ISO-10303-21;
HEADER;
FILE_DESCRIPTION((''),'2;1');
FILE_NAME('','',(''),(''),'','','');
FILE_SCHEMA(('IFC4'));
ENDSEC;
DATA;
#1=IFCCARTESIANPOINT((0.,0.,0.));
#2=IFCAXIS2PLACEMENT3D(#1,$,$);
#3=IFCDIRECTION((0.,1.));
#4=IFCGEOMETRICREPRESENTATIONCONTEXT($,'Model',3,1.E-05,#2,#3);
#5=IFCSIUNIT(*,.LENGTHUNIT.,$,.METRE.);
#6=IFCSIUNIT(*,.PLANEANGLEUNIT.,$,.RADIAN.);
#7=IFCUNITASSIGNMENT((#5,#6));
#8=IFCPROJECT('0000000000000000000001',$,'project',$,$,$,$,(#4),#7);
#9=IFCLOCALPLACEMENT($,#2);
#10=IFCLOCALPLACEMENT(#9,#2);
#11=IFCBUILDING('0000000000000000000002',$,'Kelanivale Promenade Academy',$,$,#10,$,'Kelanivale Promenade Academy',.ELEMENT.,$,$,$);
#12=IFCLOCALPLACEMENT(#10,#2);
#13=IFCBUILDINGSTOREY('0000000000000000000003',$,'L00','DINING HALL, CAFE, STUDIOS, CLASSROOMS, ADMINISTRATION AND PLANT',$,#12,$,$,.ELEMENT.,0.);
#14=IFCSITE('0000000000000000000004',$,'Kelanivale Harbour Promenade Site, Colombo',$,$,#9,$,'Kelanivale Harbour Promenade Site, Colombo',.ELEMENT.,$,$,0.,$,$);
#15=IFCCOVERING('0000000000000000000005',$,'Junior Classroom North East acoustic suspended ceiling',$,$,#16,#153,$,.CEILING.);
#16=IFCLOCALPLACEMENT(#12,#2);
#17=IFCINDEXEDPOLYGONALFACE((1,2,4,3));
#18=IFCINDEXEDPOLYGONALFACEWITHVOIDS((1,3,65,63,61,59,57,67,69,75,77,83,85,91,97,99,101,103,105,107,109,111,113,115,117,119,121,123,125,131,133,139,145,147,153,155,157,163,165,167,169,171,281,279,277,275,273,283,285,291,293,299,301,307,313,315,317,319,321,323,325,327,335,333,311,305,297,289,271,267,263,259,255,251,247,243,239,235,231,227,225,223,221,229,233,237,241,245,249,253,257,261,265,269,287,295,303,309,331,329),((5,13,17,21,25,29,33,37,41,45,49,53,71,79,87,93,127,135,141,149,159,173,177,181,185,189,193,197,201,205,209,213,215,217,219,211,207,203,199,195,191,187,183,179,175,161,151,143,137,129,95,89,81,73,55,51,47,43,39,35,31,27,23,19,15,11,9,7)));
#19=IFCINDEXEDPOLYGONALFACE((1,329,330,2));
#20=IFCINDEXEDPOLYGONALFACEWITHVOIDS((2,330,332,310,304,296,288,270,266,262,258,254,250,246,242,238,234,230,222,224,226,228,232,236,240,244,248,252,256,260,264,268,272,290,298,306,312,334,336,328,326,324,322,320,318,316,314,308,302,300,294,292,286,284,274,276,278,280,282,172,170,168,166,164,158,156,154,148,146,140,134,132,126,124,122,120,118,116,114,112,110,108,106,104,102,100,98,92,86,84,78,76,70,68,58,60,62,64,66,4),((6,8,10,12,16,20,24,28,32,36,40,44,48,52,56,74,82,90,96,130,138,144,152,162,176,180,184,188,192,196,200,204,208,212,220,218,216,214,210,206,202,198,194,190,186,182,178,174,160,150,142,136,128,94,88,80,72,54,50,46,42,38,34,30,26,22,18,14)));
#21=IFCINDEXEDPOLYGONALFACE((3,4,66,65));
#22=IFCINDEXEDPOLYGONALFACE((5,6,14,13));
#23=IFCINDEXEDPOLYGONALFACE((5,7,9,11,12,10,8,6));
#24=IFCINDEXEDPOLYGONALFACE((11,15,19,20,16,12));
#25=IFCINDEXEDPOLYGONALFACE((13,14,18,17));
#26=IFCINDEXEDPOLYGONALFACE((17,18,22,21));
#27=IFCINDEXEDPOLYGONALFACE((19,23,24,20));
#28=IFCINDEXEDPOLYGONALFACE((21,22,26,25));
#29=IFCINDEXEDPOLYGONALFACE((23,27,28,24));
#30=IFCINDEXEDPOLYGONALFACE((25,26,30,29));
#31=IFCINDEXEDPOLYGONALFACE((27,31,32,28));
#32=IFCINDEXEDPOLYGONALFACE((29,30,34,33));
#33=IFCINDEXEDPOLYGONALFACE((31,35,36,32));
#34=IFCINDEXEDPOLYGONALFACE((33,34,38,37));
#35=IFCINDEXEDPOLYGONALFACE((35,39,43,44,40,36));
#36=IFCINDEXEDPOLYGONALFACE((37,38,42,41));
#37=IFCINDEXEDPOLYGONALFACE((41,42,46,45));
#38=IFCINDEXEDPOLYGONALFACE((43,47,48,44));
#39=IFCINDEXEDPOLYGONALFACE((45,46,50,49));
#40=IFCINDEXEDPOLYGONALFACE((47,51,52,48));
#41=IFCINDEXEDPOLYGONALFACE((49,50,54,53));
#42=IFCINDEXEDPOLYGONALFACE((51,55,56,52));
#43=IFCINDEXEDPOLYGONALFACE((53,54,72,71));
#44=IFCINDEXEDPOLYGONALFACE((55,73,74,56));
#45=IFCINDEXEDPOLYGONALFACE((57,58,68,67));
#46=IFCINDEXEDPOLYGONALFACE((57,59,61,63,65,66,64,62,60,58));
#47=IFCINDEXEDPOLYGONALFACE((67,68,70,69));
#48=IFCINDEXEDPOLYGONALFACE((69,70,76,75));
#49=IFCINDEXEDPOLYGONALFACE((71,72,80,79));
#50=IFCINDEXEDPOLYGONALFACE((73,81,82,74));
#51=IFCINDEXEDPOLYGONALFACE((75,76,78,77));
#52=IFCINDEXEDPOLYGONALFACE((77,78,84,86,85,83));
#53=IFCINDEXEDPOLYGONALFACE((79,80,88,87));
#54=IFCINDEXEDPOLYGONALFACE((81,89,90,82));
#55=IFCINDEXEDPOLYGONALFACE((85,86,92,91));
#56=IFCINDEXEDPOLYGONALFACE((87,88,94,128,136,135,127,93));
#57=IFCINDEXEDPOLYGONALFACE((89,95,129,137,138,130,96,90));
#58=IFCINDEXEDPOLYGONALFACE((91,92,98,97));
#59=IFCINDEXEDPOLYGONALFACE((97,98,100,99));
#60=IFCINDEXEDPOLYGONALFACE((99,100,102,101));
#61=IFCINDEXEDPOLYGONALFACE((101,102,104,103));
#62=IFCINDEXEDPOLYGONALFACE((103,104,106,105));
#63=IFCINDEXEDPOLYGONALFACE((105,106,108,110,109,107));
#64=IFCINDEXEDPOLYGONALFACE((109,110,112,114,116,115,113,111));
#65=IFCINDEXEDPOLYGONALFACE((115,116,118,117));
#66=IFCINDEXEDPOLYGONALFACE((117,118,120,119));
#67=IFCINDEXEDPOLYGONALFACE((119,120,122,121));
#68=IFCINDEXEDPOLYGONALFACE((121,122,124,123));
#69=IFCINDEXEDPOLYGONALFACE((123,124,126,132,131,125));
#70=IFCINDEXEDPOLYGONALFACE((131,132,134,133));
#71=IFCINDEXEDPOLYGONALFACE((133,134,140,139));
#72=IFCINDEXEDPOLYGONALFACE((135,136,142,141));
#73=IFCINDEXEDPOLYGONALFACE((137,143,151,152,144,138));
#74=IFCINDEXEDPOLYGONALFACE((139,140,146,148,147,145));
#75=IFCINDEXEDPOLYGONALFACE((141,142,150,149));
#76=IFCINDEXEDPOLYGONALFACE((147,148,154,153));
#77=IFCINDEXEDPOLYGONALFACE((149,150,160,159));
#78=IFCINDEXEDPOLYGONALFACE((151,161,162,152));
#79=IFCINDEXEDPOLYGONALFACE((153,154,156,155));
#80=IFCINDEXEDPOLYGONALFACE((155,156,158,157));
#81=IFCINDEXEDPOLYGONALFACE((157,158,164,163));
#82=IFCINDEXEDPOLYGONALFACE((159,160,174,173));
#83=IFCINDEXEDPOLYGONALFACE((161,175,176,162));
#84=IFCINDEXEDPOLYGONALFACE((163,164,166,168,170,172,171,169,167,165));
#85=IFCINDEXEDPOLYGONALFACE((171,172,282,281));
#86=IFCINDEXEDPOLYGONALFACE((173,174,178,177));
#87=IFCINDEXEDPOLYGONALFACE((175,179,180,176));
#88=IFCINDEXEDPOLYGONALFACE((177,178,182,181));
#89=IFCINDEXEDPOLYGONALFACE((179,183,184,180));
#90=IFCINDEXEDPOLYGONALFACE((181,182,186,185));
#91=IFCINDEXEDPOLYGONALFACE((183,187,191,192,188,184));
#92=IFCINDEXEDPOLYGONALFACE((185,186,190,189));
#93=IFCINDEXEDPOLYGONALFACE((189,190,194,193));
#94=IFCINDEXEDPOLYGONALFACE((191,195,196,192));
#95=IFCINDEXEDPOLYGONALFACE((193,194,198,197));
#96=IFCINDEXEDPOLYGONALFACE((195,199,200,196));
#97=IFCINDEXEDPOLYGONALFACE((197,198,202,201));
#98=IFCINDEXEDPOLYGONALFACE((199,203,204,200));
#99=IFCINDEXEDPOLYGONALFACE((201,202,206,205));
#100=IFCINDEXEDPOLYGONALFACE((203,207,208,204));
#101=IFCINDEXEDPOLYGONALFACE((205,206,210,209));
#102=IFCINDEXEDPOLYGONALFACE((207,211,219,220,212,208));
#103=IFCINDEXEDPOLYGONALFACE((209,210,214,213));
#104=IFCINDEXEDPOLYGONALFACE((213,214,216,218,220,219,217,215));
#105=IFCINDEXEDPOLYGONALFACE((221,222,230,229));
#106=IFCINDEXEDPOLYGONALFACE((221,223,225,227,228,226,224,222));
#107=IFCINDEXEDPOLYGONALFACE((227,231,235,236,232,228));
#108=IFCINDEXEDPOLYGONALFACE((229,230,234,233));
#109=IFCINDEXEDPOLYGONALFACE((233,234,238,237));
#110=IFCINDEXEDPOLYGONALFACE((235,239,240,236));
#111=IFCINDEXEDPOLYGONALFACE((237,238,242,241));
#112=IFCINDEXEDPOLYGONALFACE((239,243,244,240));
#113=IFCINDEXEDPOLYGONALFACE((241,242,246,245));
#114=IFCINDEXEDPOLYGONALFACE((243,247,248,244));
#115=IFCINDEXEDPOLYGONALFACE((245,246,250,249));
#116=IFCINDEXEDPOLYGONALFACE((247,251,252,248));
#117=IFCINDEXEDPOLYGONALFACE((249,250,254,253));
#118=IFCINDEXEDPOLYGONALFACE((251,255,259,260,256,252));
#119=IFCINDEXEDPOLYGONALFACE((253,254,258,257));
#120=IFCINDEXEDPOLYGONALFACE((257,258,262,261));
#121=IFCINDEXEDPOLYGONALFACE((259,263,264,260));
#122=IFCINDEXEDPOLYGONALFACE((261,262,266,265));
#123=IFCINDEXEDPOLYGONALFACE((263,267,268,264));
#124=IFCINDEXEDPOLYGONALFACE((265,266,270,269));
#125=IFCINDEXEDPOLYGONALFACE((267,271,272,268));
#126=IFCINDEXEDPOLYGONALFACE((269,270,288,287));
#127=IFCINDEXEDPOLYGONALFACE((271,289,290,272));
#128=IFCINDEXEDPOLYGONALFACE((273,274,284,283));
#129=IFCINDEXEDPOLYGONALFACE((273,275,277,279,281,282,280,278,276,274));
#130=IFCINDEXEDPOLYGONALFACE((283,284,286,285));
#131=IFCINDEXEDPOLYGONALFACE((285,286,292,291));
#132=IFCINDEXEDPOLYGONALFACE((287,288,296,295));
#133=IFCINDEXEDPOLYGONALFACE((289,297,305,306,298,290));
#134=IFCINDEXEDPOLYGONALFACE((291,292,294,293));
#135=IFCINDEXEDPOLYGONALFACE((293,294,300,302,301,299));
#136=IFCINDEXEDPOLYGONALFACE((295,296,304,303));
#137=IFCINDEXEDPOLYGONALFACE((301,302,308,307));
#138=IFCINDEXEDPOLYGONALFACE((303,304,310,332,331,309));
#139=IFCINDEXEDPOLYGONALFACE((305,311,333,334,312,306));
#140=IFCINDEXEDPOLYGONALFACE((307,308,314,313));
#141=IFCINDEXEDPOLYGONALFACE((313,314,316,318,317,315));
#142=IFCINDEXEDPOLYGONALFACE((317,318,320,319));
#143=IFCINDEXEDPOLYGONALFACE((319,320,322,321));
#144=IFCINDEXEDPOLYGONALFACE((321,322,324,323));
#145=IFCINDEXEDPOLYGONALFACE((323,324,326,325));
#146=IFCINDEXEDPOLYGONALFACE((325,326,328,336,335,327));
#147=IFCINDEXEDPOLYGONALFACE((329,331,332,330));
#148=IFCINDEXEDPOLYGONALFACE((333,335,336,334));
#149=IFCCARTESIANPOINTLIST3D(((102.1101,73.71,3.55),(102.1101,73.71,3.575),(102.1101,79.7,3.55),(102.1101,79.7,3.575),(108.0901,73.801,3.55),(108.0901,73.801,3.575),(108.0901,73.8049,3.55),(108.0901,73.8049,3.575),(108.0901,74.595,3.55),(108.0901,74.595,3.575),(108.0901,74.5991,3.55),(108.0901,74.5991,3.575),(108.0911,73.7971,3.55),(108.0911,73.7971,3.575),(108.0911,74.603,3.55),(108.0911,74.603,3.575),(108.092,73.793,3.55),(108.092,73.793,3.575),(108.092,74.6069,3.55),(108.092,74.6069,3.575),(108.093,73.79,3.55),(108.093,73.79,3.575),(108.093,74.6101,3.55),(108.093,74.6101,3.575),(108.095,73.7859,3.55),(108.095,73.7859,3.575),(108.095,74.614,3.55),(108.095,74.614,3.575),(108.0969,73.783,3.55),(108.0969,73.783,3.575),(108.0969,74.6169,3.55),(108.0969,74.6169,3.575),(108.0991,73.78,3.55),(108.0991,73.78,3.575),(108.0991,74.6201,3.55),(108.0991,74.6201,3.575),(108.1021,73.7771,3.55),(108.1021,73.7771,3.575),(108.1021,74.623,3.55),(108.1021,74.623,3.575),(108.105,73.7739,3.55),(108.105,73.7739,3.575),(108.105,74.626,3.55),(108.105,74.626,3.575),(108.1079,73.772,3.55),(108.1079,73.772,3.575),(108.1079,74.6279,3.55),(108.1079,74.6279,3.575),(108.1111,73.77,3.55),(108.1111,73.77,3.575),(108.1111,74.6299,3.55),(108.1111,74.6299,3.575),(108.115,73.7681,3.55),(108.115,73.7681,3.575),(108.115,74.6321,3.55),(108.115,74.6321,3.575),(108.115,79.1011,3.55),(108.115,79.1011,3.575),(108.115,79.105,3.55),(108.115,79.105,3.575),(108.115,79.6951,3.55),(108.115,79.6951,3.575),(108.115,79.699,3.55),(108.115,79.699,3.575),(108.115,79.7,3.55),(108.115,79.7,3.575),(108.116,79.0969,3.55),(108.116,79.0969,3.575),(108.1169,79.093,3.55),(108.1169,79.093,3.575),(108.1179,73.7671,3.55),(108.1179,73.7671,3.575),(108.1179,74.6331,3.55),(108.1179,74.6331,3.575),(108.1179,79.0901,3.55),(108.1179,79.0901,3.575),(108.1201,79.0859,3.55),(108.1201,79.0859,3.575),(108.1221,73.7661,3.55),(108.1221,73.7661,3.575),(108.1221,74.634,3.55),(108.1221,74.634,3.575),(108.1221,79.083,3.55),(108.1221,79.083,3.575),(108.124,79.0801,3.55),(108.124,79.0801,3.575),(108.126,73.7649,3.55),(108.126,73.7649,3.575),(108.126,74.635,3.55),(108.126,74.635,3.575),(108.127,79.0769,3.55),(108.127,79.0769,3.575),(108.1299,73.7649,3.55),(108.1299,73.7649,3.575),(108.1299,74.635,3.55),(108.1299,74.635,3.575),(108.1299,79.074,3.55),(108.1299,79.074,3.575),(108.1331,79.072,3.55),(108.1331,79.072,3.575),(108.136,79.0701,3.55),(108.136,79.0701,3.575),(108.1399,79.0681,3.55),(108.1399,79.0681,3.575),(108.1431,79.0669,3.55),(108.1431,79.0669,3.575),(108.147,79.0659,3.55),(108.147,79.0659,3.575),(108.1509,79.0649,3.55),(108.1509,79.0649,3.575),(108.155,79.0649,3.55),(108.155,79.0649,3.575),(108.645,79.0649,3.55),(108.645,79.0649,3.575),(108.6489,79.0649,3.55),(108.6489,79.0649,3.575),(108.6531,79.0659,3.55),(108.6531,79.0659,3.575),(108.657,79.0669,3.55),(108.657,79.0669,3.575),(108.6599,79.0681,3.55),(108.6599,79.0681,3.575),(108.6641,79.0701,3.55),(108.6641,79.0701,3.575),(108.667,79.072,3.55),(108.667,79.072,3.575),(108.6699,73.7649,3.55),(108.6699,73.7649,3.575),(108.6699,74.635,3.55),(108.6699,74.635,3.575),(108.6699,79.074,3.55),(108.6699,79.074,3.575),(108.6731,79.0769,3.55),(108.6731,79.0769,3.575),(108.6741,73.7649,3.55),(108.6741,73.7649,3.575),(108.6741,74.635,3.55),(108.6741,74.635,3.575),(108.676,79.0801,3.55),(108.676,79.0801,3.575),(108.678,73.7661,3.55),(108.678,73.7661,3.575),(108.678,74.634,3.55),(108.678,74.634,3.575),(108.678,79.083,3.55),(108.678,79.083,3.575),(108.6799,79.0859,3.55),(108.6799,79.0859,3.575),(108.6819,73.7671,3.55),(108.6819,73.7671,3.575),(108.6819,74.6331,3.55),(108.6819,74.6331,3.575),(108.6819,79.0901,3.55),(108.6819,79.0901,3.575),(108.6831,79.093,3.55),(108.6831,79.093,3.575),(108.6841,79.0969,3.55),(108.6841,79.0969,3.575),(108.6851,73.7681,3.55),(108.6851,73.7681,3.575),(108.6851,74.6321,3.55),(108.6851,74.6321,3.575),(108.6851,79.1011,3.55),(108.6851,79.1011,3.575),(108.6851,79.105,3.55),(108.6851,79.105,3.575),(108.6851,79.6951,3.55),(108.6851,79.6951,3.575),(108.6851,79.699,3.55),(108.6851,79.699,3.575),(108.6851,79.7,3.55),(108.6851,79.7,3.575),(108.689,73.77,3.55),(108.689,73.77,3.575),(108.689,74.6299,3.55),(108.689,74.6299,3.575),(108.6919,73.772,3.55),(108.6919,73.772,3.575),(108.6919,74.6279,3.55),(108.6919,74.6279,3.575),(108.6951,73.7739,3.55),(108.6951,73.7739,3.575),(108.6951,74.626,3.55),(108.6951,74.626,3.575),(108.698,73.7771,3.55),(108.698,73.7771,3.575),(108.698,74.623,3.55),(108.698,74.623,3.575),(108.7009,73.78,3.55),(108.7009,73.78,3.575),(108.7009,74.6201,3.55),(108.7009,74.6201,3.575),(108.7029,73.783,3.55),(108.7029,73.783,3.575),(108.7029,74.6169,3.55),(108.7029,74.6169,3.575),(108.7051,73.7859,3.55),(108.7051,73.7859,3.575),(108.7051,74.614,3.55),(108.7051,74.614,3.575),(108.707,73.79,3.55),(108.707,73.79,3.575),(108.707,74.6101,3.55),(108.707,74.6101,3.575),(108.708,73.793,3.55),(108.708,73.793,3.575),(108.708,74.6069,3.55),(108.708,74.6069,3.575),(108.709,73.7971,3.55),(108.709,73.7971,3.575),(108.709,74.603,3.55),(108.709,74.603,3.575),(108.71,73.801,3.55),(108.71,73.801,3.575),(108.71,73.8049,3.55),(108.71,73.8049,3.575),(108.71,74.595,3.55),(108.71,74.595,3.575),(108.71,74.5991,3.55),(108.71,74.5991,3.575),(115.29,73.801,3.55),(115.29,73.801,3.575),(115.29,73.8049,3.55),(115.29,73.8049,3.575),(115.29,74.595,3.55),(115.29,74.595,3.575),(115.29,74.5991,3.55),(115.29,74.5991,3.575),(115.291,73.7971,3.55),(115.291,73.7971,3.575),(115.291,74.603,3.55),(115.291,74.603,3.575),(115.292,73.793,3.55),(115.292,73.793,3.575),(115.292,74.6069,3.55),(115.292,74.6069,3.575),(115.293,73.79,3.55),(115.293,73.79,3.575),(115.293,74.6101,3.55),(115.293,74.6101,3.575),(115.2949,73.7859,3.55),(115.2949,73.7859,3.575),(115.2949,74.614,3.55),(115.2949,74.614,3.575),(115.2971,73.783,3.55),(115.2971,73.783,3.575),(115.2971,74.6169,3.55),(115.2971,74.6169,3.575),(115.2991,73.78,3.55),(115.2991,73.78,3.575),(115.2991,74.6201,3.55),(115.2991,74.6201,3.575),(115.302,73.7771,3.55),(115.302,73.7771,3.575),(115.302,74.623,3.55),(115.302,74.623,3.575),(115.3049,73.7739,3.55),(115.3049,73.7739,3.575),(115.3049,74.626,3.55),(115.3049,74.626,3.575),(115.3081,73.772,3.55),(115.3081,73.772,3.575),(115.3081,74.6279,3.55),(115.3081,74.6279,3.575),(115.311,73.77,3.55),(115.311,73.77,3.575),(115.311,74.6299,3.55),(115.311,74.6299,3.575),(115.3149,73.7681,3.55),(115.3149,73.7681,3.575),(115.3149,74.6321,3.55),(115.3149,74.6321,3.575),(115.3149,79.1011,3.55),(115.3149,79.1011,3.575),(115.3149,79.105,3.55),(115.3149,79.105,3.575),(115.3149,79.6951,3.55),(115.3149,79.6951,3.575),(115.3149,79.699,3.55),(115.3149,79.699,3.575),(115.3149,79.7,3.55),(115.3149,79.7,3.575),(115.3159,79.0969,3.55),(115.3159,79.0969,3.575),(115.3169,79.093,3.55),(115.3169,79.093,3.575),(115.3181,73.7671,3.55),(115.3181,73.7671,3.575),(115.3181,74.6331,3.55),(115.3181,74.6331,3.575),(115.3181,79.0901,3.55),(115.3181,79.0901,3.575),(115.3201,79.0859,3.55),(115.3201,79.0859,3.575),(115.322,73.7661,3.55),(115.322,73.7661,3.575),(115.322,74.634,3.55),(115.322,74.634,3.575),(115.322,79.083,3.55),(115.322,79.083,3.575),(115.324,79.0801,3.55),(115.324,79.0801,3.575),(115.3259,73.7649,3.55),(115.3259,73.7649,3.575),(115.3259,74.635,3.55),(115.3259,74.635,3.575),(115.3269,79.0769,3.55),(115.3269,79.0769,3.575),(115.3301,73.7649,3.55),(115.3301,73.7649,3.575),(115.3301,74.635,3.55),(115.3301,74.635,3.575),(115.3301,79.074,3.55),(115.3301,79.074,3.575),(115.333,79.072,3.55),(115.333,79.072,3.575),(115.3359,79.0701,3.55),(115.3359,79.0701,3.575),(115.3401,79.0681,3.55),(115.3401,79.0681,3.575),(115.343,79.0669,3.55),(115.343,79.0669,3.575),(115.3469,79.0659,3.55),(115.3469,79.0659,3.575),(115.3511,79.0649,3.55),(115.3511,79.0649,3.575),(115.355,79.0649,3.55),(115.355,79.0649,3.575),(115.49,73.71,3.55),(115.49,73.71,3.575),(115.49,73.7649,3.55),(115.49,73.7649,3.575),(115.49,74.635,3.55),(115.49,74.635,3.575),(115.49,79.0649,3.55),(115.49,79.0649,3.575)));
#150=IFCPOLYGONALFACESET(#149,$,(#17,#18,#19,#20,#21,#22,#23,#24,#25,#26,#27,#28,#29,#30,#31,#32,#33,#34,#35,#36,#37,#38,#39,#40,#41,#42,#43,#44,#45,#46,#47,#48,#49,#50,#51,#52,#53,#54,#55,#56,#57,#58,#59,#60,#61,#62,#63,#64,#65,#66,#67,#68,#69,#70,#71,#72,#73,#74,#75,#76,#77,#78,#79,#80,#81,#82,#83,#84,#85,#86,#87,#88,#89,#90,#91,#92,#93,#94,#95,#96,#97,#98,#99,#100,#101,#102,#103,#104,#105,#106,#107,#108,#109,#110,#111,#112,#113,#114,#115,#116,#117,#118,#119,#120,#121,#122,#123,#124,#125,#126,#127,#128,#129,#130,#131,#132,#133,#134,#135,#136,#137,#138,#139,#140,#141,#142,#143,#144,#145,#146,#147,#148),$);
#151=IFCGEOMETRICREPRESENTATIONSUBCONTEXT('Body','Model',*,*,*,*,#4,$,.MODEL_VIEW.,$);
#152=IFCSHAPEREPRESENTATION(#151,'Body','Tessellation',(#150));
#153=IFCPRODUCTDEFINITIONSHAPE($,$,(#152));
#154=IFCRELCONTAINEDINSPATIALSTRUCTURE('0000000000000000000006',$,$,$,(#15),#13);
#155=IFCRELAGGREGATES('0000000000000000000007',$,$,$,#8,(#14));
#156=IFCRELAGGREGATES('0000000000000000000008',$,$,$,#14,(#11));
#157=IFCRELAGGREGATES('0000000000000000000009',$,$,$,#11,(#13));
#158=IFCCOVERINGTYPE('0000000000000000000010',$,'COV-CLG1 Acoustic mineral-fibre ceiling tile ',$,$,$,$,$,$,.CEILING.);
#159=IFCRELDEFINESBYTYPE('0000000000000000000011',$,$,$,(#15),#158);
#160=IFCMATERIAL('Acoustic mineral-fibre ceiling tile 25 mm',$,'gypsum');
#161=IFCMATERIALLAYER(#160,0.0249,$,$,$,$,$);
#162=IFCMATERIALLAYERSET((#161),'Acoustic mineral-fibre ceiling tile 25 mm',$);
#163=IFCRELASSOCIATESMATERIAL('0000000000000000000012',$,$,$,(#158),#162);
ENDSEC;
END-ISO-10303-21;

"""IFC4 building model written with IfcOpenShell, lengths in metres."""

from ifc_helpers import new_model, si_unit, direction, frame, origin, place, context, subcontext, project, spatial, polyline, outline, extrude, material, layer, layer_set, type_object, element, save


model = new_model("IFC4")

# Units and contexts
model_context = context("Model", 3, precision=1e-05, world=origin(), true_north=direction((0.0, 1.0)))
body_context = subcontext(model_context, "Body", "Model", "MODEL_VIEW")
ifc_project = project(units=[si_unit("LENGTHUNIT", "METRE"), si_unit("PLANEANGLEUNIT", "RADIAN")], contexts=[model_context])

# Site, building, storey
site_placement = place(None, origin())
site = spatial("IfcSite", under=ifc_project, at=site_placement, Name="Kelanivale Harbour Promenade Site, Colombo", LongName="Kelanivale Harbour Promenade Site, Colombo", CompositionType="ELEMENT", RefElevation=0.0)
building_placement = place(site_placement, origin())
building = spatial("IfcBuilding", under=site, at=building_placement, Name="Kelanivale Promenade Academy", LongName="Kelanivale Promenade Academy", CompositionType="ELEMENT")
storey_placement = place(building_placement, origin())
storey = spatial("IfcBuildingStorey", under=building, at=storey_placement, Name="L00", Description="DINING HALL, CAFE, STUDIOS, CLASSROOMS, ADMINISTRATION AND PLANT", CompositionType="ELEMENT", Elevation=0.0)

# Covering
ifc_material_1 = material(Name="Acoustic mineral-fibre ceiling tile 25 mm", Category="gypsum")
ifc_layer_1 = layer(ifc_material_1, 0.0249)
ifc_layer_set_1 = layer_set([ifc_layer_1], Name="Acoustic mineral-fibre ceiling tile 25 mm")
covering_type_1 = type_object("IfcCoveringType", Name="COV-CLG1 Acoustic mineral-fibre ceiling tile ", PredefinedType="CEILING", material=ifc_layer_set_1)
covering_1_placement = place(storey_placement, frame((0.0, 0.0, 3.55)))
element("IfcCovering", 1, at=covering_1_placement, inside=storey, type_object=covering_type_1, Name="Junior Classroom North East acoustic suspended ceiling", PredefinedType="CEILING", context=body_context, shape_type="SweptSolid", body=[
    extrude(outline(polyline([(115.49, 79.0649), (115.355, 79.0649), (115.3511, 79.0649), (115.3469, 79.0659), (115.343, 79.0669), (115.3401, 79.0681), (115.3359, 79.0701), (115.333, 79.072), (115.3301, 79.074), (115.3269, 79.0769), (115.324, 79.0801), (115.322, 79.083), (115.3201, 79.0859), (115.3181, 79.0901), (115.3169, 79.093), (115.3159, 79.0969), (115.3149, 79.1011), (115.3149, 79.105), (115.3149, 79.6951), (115.3149, 79.699), (115.3149, 79.7), (108.6851, 79.7), (108.6851, 79.699), (108.6851, 79.6951), (108.6851, 79.105), (108.6851, 79.1011), (108.6841, 79.0969), (108.6831, 79.093), (108.6819, 79.0901), (108.6799, 79.0859), (108.678, 79.083), (108.676, 79.0801), (108.6731, 79.0769), (108.6699, 79.074), (108.667, 79.072), (108.6641, 79.0701), (108.6599, 79.0681), (108.657, 79.0669), (108.6531, 79.0659), (108.6489, 79.0649), (108.645, 79.0649), (108.155, 79.0649), (108.1509, 79.0649), (108.147, 79.0659), (108.1431, 79.0669), (108.1399, 79.0681), (108.136, 79.0701), (108.1331, 79.072), (108.1299, 79.074), (108.127, 79.0769), (108.124, 79.0801), (108.1221, 79.083), (108.1201, 79.0859), (108.1179, 79.0901), (108.1169, 79.093), (108.116, 79.0969), (108.115, 79.1011), (108.115, 79.105), (108.115, 79.6951), (108.115, 79.699), (108.115, 79.7), (102.1101, 79.7), (102.1101, 73.71), (115.49, 73.71), (115.49, 73.7649), (115.3301, 73.7649), (115.3259, 73.7649), (115.322, 73.7661), (115.3181, 73.7671), (115.3149, 73.7681), (115.311, 73.77), (115.3081, 73.772), (115.3049, 73.7739), (115.302, 73.7771), (115.2991, 73.78), (115.2971, 73.783), (115.2949, 73.7859), (115.293, 73.79), (115.292, 73.793), (115.291, 73.7971), (115.29, 73.801), (115.29, 73.8049), (115.29, 74.595), (115.29, 74.5991), (115.291, 74.603), (115.292, 74.6069), (115.293, 74.6101), (115.2949, 74.614), (115.2971, 74.6169), (115.2991, 74.6201), (115.302, 74.623), (115.3049, 74.626), (115.3081, 74.6279), (115.311, 74.6299), (115.3149, 74.6321), (115.3181, 74.6331), (115.322, 74.634), (115.3259, 74.635), (115.3301, 74.635), (115.49, 74.635), (115.49, 79.0649)]), holes=[polyline([(108.71, 73.8049), (108.71, 73.801), (108.709, 73.7971), (108.708, 73.793), (108.707, 73.79), (108.7051, 73.7859), (108.7029, 73.783), (108.7009, 73.78), (108.698, 73.7771), (108.6951, 73.7739), (108.6919, 73.772), (108.689, 73.77), (108.6851, 73.7681), (108.6819, 73.7671), (108.678, 73.7661), (108.6741, 73.7649), (108.6699, 73.7649), (108.1299, 73.7649), (108.126, 73.7649), (108.1221, 73.7661), (108.1179, 73.7671), (108.115, 73.7681), (108.1111, 73.77), (108.1079, 73.772), (108.105, 73.7739), (108.1021, 73.7771), (108.0991, 73.78), (108.0969, 73.783), (108.095, 73.7859), (108.093, 73.79), (108.092, 73.793), (108.0911, 73.7971), (108.0901, 73.801), (108.0901, 73.8049), (108.0901, 74.595), (108.0901, 74.5991), (108.0911, 74.603), (108.092, 74.6069), (108.093, 74.6101), (108.095, 74.614), (108.0969, 74.6169), (108.0991, 74.6201), (108.1021, 74.623), (108.105, 74.626), (108.1079, 74.6279), (108.1111, 74.6299), (108.115, 74.6321), (108.1179, 74.6331), (108.1221, 74.634), (108.126, 74.635), (108.1299, 74.635), (108.6699, 74.635), (108.6741, 74.635), (108.678, 74.634), (108.6819, 74.6331), (108.6851, 74.6321), (108.689, 74.6299), (108.6919, 74.6279), (108.6951, 74.626), (108.698, 74.623), (108.7009, 74.6201), (108.7029, 74.6169), (108.7051, 74.614), (108.707, 74.6101), (108.708, 74.6069), (108.709, 74.603), (108.71, 74.5991), (108.71, 74.595), (108.71, 73.8049)])]), origin(), (0.0, 0.0, 1.0), 0.0249),
])

save(model, "model.ifc")
